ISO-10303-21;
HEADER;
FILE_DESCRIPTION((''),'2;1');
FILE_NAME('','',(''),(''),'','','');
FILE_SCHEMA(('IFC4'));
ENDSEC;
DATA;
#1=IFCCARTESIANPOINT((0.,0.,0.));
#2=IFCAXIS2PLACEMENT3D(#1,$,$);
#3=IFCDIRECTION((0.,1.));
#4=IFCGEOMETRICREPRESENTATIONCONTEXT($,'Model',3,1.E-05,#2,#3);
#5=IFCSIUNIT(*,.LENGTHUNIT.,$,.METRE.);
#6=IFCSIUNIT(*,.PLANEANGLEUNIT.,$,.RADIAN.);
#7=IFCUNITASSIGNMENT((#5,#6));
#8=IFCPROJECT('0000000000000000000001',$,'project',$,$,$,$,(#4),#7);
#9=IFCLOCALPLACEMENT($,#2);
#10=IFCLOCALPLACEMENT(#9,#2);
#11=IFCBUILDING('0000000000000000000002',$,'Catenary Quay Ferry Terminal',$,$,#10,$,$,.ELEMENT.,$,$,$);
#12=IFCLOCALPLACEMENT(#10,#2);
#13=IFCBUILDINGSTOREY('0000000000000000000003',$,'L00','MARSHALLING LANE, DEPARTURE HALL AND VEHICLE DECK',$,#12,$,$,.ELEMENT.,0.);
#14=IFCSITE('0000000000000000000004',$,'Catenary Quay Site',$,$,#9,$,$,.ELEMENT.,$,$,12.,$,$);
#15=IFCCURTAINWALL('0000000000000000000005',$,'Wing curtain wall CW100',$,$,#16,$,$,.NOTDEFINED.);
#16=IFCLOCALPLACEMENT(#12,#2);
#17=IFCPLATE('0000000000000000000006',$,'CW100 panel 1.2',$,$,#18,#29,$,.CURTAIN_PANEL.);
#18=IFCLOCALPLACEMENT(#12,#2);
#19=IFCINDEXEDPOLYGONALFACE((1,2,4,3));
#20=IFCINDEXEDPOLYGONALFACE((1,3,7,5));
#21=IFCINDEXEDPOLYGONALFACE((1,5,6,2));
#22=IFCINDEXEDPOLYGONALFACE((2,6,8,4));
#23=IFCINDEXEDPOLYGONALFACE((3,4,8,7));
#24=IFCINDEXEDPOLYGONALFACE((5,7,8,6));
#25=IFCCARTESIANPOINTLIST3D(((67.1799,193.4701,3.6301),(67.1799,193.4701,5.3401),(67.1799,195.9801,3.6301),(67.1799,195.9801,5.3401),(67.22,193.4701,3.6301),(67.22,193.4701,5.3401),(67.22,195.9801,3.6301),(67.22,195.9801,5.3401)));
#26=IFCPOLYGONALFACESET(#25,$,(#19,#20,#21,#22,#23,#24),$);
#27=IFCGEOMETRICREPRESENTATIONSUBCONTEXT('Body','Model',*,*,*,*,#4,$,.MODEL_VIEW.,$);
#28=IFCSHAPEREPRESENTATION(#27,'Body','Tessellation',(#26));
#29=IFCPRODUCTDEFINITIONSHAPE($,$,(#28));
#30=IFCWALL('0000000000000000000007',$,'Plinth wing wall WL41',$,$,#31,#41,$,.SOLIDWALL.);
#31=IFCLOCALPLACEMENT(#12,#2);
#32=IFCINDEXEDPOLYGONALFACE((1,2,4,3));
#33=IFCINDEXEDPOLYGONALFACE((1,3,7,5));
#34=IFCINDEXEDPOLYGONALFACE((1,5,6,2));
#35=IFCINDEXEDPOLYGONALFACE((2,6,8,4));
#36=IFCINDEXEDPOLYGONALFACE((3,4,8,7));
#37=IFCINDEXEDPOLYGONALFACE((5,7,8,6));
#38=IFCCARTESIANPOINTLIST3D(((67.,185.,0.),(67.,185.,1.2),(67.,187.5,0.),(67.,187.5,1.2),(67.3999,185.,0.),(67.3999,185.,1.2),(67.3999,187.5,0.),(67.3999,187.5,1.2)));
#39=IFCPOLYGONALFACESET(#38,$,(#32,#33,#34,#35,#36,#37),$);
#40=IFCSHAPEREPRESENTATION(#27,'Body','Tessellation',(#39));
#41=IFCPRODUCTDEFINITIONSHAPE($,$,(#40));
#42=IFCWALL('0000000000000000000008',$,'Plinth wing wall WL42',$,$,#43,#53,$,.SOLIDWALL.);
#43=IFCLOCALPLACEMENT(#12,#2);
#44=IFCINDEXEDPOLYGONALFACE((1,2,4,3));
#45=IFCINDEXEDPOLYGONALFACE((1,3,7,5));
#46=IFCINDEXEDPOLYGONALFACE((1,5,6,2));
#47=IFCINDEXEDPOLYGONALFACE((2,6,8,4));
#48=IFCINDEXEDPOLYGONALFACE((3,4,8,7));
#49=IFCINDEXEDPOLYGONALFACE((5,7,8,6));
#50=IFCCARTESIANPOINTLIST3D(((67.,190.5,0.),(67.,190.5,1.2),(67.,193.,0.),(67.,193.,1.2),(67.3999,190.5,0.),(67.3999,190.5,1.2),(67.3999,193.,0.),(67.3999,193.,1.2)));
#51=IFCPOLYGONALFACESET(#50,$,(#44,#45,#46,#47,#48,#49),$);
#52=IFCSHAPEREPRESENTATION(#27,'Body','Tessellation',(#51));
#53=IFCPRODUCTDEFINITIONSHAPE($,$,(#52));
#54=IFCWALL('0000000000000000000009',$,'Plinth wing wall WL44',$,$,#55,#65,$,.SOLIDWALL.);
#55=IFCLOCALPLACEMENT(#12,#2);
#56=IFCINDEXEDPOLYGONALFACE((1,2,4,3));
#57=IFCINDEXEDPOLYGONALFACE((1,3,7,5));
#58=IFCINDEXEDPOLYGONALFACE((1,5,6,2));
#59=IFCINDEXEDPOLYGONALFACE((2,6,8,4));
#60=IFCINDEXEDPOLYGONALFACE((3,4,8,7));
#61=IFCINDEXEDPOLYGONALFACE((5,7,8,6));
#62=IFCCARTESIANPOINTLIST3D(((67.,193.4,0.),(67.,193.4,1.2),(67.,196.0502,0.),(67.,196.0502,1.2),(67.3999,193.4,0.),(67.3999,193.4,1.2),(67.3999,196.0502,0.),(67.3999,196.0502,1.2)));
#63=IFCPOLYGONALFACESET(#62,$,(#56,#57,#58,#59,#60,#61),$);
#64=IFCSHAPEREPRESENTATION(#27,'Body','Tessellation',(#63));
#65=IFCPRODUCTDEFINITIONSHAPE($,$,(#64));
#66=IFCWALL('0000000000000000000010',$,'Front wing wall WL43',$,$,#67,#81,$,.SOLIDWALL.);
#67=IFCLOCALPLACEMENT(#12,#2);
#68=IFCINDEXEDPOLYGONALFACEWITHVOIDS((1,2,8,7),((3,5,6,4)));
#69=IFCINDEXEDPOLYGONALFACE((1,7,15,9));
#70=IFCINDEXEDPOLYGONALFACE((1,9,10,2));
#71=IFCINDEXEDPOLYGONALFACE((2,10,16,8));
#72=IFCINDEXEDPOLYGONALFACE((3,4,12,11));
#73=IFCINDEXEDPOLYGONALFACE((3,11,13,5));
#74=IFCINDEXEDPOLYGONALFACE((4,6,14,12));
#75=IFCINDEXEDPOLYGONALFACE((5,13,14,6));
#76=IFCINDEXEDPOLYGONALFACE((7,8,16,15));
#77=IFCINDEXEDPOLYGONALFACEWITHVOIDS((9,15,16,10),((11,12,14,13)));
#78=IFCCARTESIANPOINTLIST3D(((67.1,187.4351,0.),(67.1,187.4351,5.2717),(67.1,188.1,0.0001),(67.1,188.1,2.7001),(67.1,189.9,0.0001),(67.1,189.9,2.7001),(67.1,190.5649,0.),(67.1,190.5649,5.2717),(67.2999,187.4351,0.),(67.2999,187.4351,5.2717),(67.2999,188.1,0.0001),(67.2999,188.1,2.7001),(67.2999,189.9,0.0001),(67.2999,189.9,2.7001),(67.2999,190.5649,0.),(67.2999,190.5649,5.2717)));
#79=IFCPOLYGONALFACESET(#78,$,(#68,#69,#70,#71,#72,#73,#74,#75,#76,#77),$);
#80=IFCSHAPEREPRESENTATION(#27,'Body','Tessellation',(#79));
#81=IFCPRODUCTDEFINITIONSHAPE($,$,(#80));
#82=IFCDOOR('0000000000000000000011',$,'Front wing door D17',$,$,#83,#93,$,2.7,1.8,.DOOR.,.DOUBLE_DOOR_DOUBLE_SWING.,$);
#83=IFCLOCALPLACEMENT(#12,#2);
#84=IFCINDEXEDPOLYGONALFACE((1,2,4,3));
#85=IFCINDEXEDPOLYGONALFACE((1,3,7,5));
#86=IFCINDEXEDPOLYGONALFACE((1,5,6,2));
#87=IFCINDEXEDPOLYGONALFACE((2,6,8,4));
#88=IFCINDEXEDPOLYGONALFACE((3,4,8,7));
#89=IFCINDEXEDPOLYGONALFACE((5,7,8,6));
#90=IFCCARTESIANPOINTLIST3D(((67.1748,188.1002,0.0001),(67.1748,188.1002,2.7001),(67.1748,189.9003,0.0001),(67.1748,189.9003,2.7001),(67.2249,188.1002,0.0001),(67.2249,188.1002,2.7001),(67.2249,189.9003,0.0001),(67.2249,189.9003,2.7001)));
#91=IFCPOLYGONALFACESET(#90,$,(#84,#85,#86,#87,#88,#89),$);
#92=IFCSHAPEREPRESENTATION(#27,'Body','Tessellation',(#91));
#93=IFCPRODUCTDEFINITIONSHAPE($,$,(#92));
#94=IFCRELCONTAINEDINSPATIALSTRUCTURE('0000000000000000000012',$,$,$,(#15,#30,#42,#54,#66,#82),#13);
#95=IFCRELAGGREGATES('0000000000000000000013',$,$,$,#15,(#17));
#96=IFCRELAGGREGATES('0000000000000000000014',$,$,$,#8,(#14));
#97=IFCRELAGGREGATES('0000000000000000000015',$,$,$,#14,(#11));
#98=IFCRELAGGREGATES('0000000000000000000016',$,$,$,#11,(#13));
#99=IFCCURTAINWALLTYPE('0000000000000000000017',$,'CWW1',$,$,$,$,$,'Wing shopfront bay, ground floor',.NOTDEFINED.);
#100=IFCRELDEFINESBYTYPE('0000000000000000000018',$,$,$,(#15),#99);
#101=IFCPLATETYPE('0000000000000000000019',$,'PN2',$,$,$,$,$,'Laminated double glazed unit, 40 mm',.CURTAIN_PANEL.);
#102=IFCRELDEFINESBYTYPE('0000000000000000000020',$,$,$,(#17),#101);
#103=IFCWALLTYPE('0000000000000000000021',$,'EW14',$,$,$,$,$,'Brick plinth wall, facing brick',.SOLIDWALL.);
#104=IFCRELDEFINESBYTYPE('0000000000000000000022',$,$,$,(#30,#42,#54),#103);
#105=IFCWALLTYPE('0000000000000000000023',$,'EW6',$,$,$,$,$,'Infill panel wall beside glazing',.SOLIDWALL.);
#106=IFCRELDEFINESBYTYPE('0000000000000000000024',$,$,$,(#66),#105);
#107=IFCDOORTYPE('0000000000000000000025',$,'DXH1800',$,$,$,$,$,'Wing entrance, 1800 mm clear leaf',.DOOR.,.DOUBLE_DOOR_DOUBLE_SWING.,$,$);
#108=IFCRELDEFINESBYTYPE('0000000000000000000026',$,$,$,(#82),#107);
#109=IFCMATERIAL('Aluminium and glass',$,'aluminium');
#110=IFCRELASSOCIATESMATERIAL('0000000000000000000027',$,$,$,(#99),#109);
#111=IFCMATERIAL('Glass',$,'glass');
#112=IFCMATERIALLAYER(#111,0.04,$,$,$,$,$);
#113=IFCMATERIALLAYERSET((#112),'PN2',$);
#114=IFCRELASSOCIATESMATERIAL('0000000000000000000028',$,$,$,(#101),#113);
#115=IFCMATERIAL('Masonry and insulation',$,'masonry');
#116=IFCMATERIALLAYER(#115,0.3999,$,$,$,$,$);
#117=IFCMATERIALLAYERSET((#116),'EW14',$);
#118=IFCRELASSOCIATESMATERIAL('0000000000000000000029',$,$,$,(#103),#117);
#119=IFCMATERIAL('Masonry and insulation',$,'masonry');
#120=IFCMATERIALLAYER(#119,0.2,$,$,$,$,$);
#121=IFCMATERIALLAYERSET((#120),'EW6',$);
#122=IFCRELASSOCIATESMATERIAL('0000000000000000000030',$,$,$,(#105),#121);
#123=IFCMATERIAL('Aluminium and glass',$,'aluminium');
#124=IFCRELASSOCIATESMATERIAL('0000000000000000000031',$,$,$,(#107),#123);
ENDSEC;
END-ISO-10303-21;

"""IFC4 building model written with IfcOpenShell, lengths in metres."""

from ifc_helpers import new_model, si_unit, direction, frame, frame_2d, origin, origin_2d, place, context, subcontext, project, spatial, rectangle, extrude, material, layer, layer_set, type_object, element, fill, aggregate, save


model = new_model("IFC4")

# Units and contexts
model_context = context("Model", 3, precision=1e-05, world=origin(), true_north=direction((0.0, 1.0)))
body_context = subcontext(model_context, "Body", "Model", "MODEL_VIEW")
ifc_project = project(units=[si_unit("LENGTHUNIT", "METRE"), si_unit("PLANEANGLEUNIT", "RADIAN")], contexts=[model_context])

# Site, building, storey
site_placement = place(None, origin())
site = spatial("IfcSite", under=ifc_project, at=site_placement, Name="Catenary Quay Site", CompositionType="ELEMENT", RefElevation=12.0)
building_placement = place(site_placement, origin())
building = spatial("IfcBuilding", under=site, at=building_placement, Name="Catenary Quay Ferry Terminal", CompositionType="ELEMENT")
storey_placement = place(building_placement, origin())
storey = spatial("IfcBuildingStorey", under=building, at=storey_placement, Name="L00", Description="MARSHALLING LANE, DEPARTURE HALL AND VEHICLE DECK", CompositionType="ELEMENT", Elevation=0.0)

# Shared definitions
ifc_material_1 = material(Name="Aluminium and glass", Category="aluminium")
curtain_wall_type = type_object("IfcCurtainWallType", Name="CWW1", ElementType="Wing shopfront bay, ground floor", PredefinedType="NOTDEFINED", material=ifc_material_1)

# Curtain wall
curtain_wall_1_placement = place(storey_placement, origin())
curtain_wall_1 = element("IfcCurtainWall", 1, at=curtain_wall_1_placement, inside=storey, type_object=curtain_wall_type, Name="Wing curtain wall CW100", PredefinedType="NOTDEFINED")

# Plate
ifc_material_2 = material(Name="Glass", Category="glass")
ifc_layer_1 = layer(ifc_material_2, 0.04)
ifc_layer_set_1 = layer_set([ifc_layer_1], Name="PN2")
plate_type = type_object("IfcPlateType", Name="PN2", ElementType="Laminated double glazed unit, 40 mm", PredefinedType="CURTAIN_PANEL", material=ifc_layer_set_1)
plate_1_placement = place(storey_placement, frame((67.2, 194.7251, 3.6301), z_axis=(0.0, 0.0, 1.0), x_axis=(0.0, 1.0, 0.0)))
plate_1 = element("IfcPlate", 2, at=plate_1_placement, type_object=plate_type, Name="CW100 panel 1.2", PredefinedType="CURTAIN_PANEL", context=body_context, shape_type="SweptSolid", body=[
    extrude(rectangle(XDim=2.51, YDim=0.04, at=origin_2d()), origin(), (0.0, 0.0, 1.0), 1.71),
])
aggregate(curtain_wall_1, [plate_1])

# Walls
ifc_material_3 = material(Name="Masonry and insulation", Category="masonry")
ifc_layer_2 = layer(ifc_material_3, 0.3999)
ifc_layer_set_2 = layer_set([ifc_layer_2], Name="EW14")
wall_type_1 = type_object("IfcWallType", Name="EW14", ElementType="Brick plinth wall, facing brick", PredefinedType="SOLIDWALL", material=ifc_layer_set_2)
for number, where, z_axis, x_axis, name in (
    (3, (67.2, 185.0, 0.0), (0.0, 0.0, 1.0), (0.0, 1.0, 0.0), "Plinth wing wall WL41"),
    (4, (67.2, 190.5, 0.0), (0.0, 0.0, 1.0), (0.0, 1.0, 0.0), "Plinth wing wall WL42"),
):
    element("IfcWall", number, at=place(storey_placement, frame(where, z_axis=z_axis, x_axis=x_axis)), inside=storey, type_object=wall_type_1, Name=name, PredefinedType="SOLIDWALL", context=body_context, shape_type="SweptSolid", body=[
        extrude(rectangle(XDim=2.5, YDim=0.3999, at=frame_2d((1.25, 0.0))), origin(), (0.0, 0.0, 1.0), 1.2),
    ])
wall_1_placement = place(storey_placement, frame((67.2, 193.3999, 0.0), z_axis=(0.0, 0.0, 1.0), x_axis=(0.0, 1.0, 0.0)))
element("IfcWall", 5, at=wall_1_placement, inside=storey, type_object=wall_type_1, Name="Plinth wing wall WL44", PredefinedType="SOLIDWALL", context=body_context, shape_type="SweptSolid", body=[
    extrude(rectangle(XDim=2.6501, YDim=0.3999, at=frame_2d((1.3252, 0.0))), origin(), (0.0, 0.0, 1.0), 1.2),
])

# Wall, opening, door
ifc_material_4 = material(Name="Masonry and insulation", Category="masonry")
ifc_layer_3 = layer(ifc_material_4, 0.2)
ifc_layer_set_3 = layer_set([ifc_layer_3], Name="EW6")
wall_type_2 = type_object("IfcWallType", Name="EW6", ElementType="Infill panel wall beside glazing", PredefinedType="SOLIDWALL", material=ifc_layer_set_3)
wall_2_placement = place(storey_placement, frame((67.2, 187.4351, 0.0), z_axis=(0.0, 0.0, 1.0), x_axis=(0.0, 1.0, 0.0)))
wall_2 = element("IfcWall", 6, at=wall_2_placement, inside=storey, type_object=wall_type_2, Name="Front wing wall WL43", PredefinedType="SOLIDWALL", context=body_context, shape_type="SweptSolid", body=[
    extrude(rectangle(XDim=3.1299, YDim=0.2, at=frame_2d((1.5649, 0.0))), origin(), (0.0, 0.0, 1.0), 5.2717),
])
opening_1_placement = place(wall_2_placement, frame((0.665, 0.0, 0.0)))
opening_1 = element("IfcOpeningElement", 7, at=opening_1_placement, cuts=wall_2, PredefinedType="OPENING", context=body_context, shape_type="SweptSolid", body=[
    extrude(rectangle(XDim=1.8, YDim=2.7, at=frame_2d((0.8999, 1.3501))), frame((0.0, 0.1099, 0.0), z_axis=(0.0, -1.0, 0.0), x_axis=(1.0, 0.0, 0.0)), (0.0, 0.0, 1.0), 0.22),
])
ifc_material_5 = material(Name="Aluminium and glass", Category="aluminium")
door_type_1 = type_object("IfcDoorType", Name="DXH1800", ElementType="Wing entrance, 1800 mm clear leaf", OperationType="DOUBLE_DOOR_DOUBLE_SWING", PredefinedType="DOOR", material=ifc_material_5)
door_1_placement = place(opening_1_placement, frame((1.8, 0.0, 0.0), z_axis=(0.0, 0.0, 1.0), x_axis=(-1.0, 0.0, 0.0)))
door_1 = element("IfcDoor", 8, at=door_1_placement, inside=storey, type_object=door_type_1, Name="Front wing door D17", OperationType="DOUBLE_DOOR_DOUBLE_SWING", OverallHeight=2.7, OverallWidth=1.8, PredefinedType="DOOR", context=body_context, shape_type="SweptSolid", body=[
    extrude(rectangle(XDim=1.8, YDim=2.7, at=frame_2d((0.8999, 1.3501))), frame((0.0, 0.0249, 0.0), z_axis=(0.0, -1.0, 0.0), x_axis=(1.0, 0.0, 0.0)), (0.0, 0.0, 1.0), 0.05),
])
fill(opening_1, door_1)

save(model, "model.ifc")
